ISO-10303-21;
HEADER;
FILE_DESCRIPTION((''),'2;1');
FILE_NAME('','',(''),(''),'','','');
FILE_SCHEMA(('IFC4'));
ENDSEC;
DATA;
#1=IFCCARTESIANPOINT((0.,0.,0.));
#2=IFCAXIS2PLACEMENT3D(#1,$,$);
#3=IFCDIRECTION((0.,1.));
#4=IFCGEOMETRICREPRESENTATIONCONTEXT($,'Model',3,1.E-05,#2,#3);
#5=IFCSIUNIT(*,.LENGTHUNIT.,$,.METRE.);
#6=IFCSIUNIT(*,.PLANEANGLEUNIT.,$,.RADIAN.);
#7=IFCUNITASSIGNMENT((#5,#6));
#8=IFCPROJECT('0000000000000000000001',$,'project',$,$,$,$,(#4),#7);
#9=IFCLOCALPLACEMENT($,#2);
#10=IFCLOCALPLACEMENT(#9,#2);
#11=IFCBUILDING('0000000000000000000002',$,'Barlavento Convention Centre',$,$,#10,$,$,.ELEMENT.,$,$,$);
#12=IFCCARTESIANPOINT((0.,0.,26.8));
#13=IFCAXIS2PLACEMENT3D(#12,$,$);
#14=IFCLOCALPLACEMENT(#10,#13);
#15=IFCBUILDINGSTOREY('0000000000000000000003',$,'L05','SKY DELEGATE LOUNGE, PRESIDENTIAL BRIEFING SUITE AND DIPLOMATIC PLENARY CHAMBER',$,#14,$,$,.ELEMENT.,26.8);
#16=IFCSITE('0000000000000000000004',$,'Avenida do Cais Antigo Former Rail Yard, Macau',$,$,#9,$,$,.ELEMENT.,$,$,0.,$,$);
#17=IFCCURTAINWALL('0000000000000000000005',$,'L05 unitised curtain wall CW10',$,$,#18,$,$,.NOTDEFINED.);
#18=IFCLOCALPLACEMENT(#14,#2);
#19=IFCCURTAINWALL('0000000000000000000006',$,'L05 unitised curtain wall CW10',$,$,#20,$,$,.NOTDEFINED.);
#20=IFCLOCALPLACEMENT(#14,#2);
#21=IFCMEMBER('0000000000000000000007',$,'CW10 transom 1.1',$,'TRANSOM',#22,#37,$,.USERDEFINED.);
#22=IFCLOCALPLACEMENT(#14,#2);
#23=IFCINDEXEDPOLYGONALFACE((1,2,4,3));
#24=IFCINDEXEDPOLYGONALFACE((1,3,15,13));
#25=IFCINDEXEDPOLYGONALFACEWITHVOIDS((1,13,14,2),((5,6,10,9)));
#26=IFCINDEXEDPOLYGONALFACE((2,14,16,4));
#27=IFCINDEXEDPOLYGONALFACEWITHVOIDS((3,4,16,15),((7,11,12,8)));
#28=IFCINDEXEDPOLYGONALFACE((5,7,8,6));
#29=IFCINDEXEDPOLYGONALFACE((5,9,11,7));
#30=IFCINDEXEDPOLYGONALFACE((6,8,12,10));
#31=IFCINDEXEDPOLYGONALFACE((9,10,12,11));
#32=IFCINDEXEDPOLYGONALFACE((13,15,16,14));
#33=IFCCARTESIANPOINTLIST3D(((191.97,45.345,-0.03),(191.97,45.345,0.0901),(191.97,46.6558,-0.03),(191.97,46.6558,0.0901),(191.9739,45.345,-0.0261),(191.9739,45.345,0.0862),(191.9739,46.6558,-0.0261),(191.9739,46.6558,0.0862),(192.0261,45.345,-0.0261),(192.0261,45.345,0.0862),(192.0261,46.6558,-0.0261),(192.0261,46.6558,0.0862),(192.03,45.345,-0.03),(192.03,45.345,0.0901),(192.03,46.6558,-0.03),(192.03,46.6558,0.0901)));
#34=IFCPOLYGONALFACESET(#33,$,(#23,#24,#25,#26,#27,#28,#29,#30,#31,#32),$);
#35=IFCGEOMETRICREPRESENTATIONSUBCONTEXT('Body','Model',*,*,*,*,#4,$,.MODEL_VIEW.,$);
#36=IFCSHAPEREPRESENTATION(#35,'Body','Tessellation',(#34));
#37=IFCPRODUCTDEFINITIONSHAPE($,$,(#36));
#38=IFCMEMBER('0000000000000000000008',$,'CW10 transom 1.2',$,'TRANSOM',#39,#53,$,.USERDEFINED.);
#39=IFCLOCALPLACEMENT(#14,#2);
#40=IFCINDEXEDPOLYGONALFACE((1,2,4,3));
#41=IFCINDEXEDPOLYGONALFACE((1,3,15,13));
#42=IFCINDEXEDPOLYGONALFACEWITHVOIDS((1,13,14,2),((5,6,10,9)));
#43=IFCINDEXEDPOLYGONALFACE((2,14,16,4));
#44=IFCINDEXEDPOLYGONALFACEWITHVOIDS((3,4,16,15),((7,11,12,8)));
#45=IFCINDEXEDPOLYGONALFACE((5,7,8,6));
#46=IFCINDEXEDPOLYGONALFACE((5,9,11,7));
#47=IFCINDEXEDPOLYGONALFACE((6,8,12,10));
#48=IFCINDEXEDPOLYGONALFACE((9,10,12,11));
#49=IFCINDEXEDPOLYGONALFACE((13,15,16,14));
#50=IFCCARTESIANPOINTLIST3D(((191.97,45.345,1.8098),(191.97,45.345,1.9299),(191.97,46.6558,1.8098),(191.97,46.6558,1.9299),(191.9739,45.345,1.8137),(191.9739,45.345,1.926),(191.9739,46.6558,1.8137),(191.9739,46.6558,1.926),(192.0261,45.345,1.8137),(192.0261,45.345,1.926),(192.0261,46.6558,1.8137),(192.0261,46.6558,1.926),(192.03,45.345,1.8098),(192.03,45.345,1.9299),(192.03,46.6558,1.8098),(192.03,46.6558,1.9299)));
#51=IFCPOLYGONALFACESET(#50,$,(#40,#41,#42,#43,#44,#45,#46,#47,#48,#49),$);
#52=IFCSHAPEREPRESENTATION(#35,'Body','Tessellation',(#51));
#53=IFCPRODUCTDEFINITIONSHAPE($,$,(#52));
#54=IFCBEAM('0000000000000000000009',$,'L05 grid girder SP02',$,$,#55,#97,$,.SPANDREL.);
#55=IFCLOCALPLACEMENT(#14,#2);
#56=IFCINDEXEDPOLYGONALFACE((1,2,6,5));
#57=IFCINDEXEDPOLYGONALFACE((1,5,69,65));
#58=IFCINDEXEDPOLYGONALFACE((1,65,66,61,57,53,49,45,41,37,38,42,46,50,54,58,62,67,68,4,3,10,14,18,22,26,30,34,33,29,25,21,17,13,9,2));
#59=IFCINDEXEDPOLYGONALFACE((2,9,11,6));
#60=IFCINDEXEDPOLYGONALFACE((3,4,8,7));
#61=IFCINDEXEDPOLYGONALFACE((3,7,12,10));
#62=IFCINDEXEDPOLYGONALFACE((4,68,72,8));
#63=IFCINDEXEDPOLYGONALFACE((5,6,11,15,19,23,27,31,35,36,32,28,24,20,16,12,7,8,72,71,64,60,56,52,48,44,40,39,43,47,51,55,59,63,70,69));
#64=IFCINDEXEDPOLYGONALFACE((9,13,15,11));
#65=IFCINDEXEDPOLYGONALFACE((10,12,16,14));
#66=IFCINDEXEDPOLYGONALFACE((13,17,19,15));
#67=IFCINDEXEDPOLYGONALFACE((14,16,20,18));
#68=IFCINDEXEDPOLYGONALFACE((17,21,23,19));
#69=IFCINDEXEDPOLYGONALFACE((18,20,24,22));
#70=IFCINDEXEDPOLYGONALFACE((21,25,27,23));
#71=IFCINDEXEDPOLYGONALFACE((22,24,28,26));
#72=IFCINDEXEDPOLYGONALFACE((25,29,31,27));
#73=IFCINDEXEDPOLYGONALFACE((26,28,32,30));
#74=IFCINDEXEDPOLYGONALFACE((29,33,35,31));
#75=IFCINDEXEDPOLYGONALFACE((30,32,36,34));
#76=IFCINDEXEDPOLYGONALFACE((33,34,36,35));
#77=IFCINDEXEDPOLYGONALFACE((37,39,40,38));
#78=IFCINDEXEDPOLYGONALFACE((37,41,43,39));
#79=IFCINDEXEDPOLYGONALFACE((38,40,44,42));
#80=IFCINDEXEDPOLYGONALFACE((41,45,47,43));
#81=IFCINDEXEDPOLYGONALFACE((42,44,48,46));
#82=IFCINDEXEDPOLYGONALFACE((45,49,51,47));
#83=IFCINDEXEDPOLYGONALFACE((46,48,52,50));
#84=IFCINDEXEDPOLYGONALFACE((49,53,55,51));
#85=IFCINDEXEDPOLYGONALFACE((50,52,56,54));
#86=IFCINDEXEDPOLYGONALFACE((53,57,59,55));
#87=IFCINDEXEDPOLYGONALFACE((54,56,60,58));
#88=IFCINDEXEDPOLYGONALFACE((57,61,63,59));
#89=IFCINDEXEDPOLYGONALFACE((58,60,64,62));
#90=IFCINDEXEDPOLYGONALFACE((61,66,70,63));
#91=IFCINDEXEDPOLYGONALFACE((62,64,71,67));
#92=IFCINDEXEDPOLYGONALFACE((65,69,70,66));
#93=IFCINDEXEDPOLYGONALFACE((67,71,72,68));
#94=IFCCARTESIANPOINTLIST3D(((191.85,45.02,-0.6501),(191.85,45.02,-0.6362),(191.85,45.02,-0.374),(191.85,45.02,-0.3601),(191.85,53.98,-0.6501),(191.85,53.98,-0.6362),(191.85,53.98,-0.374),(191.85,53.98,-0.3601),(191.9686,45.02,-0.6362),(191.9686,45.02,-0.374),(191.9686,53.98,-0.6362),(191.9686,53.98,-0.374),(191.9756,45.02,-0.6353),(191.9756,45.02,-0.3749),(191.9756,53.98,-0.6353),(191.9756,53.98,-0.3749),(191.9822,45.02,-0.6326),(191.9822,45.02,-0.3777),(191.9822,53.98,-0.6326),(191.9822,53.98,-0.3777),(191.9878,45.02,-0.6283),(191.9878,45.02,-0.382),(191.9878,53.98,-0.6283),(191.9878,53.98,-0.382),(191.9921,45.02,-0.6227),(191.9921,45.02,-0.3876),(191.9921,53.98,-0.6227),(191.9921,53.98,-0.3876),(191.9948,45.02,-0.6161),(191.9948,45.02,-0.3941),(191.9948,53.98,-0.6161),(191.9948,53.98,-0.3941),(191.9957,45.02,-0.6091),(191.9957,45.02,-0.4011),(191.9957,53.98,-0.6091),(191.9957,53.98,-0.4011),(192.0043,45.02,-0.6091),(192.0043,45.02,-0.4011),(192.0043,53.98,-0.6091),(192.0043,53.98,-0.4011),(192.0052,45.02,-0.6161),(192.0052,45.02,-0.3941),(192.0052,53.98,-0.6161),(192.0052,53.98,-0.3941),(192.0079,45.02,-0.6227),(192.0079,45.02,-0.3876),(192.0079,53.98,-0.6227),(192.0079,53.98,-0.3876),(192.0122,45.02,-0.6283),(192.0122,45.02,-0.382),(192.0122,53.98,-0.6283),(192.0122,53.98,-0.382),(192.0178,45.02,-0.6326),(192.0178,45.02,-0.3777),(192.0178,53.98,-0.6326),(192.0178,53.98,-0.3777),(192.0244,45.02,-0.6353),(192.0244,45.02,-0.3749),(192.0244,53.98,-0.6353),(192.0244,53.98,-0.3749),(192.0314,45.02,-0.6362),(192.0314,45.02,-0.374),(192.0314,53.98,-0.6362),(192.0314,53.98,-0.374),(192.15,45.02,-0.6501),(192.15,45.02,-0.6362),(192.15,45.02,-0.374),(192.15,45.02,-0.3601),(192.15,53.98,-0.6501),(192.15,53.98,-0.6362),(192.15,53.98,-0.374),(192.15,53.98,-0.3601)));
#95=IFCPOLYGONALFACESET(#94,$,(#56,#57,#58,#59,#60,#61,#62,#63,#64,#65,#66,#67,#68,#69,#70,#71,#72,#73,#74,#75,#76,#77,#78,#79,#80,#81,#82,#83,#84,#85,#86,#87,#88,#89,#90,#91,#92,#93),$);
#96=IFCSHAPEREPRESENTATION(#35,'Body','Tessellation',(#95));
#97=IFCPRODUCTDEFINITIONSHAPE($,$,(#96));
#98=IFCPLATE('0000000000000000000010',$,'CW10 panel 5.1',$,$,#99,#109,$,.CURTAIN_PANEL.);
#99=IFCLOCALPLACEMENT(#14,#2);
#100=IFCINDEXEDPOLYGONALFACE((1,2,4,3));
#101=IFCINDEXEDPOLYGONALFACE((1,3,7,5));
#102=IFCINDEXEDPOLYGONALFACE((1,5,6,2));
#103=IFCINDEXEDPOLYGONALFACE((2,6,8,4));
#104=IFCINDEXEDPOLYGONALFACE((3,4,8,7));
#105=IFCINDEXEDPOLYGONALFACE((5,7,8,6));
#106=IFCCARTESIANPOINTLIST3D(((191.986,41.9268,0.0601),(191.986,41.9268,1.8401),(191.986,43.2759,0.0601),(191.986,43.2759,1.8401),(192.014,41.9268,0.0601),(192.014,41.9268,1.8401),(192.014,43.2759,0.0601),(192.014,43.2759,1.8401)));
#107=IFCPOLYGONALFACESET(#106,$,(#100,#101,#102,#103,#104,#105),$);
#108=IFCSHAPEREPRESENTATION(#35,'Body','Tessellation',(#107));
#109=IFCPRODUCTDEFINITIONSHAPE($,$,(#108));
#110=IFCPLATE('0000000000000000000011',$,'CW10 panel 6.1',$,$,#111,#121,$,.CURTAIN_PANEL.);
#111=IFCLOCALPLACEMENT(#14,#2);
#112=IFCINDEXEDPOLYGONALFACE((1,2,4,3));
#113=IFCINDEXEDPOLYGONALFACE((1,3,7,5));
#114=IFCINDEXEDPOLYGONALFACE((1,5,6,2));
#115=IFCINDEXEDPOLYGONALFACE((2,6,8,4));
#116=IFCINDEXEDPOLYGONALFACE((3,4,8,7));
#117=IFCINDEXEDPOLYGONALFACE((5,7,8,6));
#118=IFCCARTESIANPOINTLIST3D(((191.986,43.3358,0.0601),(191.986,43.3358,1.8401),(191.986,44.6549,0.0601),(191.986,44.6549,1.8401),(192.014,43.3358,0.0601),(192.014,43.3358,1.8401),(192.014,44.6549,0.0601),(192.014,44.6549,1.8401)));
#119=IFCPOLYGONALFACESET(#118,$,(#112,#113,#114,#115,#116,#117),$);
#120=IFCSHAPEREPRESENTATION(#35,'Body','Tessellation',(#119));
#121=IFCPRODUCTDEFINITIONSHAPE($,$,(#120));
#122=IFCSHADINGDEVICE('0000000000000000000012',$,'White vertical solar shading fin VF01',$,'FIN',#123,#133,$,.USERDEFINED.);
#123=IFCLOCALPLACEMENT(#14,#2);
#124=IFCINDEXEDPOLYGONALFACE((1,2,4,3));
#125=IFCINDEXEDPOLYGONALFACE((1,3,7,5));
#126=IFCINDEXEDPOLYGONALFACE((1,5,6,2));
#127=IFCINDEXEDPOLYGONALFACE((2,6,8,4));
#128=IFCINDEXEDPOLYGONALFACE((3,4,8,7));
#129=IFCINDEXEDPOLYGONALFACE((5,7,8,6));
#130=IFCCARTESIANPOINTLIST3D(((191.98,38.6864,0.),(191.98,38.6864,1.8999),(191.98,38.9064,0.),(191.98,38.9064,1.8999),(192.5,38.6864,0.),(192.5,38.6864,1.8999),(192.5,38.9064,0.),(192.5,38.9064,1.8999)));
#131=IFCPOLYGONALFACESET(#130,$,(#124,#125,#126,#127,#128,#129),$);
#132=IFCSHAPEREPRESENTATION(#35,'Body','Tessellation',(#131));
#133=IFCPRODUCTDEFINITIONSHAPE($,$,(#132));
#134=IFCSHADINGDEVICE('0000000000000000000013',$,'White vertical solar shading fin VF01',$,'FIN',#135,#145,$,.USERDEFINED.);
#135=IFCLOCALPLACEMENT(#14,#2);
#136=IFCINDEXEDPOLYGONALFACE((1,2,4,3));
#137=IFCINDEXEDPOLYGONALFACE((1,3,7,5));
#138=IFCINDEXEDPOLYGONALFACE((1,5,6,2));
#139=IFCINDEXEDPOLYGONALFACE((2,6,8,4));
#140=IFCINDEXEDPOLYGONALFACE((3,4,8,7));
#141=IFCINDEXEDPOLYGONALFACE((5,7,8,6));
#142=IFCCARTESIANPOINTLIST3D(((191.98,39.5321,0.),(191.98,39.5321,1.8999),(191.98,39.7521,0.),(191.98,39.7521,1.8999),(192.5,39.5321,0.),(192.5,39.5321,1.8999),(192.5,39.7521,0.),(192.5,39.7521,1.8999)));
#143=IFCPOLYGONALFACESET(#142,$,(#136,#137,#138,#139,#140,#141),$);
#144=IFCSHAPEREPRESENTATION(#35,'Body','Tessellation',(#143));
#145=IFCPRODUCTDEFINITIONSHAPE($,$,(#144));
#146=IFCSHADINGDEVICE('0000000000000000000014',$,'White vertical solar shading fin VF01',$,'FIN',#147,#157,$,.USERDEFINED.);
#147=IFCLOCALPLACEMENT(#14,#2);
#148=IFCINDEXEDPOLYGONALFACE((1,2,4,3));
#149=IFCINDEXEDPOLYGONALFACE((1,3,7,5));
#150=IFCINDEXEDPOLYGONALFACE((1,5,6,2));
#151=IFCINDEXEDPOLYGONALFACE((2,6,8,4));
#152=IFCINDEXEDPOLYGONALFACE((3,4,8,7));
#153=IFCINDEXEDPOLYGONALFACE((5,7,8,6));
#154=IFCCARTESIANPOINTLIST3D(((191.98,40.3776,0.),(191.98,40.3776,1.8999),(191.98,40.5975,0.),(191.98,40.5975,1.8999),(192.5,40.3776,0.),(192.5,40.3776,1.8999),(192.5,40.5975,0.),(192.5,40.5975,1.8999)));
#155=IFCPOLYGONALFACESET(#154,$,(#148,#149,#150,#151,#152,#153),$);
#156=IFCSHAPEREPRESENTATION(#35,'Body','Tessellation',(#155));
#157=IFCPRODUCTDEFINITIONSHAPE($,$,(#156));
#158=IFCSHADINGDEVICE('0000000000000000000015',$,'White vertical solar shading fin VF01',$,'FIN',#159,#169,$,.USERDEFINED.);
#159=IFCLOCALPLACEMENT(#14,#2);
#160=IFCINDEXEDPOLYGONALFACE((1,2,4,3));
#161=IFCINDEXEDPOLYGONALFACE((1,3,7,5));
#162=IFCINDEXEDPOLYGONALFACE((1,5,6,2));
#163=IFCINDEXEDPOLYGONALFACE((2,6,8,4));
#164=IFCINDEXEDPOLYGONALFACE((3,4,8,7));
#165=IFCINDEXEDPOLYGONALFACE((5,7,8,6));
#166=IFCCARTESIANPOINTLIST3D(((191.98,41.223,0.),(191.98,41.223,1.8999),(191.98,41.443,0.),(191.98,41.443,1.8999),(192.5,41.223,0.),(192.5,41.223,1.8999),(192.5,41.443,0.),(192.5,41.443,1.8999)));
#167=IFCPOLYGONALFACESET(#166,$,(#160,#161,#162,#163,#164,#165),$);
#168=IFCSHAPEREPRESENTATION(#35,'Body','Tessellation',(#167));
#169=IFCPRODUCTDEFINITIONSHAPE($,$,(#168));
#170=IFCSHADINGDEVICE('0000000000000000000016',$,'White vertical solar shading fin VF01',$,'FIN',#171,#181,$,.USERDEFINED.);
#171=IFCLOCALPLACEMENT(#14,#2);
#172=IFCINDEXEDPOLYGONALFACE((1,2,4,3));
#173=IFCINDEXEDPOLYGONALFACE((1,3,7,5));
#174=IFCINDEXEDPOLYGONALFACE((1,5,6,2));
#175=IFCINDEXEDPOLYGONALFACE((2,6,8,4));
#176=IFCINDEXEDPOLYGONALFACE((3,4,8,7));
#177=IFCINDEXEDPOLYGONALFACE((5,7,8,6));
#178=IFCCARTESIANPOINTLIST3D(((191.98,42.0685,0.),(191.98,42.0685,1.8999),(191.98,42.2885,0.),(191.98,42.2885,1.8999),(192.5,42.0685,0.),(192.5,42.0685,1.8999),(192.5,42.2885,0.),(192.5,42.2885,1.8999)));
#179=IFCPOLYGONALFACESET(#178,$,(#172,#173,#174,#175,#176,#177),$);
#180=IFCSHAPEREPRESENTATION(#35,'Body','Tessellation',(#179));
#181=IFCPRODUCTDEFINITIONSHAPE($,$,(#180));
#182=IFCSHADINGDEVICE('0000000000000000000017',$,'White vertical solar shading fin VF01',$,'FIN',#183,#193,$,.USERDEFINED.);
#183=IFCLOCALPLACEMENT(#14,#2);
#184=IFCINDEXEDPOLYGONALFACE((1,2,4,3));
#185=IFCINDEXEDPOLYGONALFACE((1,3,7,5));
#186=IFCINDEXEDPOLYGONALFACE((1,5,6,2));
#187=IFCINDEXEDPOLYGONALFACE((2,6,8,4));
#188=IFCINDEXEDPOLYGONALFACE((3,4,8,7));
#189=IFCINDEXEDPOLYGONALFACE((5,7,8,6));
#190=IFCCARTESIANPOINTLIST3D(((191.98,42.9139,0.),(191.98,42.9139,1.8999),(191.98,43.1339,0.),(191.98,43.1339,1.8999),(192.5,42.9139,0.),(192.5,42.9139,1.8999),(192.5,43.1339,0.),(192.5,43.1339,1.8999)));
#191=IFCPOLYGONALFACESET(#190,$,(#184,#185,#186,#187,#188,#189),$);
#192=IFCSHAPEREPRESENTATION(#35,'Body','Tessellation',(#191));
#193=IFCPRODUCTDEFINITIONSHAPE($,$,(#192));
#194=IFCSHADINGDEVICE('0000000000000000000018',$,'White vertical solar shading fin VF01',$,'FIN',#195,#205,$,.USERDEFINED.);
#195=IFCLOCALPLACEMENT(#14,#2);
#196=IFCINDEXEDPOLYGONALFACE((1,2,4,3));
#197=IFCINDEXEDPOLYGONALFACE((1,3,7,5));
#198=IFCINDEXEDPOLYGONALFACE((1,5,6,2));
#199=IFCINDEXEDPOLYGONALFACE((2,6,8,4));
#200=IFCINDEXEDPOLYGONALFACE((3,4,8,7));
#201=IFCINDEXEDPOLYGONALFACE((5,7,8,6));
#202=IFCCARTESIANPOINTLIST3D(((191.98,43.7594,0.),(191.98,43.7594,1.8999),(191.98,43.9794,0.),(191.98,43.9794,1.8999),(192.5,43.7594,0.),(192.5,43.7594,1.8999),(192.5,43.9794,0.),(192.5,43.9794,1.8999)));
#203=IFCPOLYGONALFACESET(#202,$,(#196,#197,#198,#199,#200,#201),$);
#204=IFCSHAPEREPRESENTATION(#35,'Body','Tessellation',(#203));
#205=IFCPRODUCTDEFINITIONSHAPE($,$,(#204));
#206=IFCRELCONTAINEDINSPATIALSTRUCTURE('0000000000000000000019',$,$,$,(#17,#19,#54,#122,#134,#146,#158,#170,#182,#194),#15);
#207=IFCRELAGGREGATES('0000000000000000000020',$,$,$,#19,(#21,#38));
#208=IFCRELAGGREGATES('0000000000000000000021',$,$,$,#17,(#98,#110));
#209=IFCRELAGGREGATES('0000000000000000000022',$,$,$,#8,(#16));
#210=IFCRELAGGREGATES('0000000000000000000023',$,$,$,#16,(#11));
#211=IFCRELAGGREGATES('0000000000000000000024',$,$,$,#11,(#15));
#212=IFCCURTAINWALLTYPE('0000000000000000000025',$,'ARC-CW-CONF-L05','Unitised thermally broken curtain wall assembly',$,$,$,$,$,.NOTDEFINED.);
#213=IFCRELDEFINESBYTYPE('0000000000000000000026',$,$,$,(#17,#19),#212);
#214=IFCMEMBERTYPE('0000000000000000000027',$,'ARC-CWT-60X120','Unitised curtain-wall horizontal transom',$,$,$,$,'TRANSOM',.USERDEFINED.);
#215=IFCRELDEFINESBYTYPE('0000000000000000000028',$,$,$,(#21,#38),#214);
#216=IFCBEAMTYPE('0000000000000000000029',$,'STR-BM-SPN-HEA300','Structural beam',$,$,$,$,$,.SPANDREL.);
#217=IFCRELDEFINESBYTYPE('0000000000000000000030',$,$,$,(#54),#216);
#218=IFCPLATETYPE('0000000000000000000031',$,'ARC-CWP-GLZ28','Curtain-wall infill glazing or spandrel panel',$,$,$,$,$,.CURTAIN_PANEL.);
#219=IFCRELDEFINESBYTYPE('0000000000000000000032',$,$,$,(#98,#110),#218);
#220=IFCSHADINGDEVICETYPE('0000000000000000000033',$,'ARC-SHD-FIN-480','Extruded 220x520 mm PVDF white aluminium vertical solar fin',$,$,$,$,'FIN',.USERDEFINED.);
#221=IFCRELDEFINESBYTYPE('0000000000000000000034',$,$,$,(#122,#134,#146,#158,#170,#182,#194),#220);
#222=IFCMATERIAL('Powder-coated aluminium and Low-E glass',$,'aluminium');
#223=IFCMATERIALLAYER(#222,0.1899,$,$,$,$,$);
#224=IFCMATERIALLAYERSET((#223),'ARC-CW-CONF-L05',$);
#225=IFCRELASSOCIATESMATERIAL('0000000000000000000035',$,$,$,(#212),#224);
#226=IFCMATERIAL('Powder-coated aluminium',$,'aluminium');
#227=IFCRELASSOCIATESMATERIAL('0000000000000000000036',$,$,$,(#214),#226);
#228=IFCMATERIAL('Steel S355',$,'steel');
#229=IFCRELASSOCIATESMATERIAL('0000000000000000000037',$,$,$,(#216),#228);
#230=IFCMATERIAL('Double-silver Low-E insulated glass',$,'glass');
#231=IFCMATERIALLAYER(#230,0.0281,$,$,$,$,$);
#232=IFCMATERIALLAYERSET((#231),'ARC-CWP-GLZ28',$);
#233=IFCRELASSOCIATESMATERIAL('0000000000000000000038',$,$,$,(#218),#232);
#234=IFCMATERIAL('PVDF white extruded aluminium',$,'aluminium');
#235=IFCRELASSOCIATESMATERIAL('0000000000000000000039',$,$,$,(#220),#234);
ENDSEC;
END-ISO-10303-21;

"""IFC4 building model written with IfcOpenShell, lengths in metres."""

from ifc_helpers import new_model, si_unit, direction, frame, origin, origin_2d, place, context, subcontext, project, spatial, rectangle, hollow_rectangle, i_section, extrude, material, layer, layer_set, material_profile, profile_set, type_object, element, aggregate, save


model = new_model("IFC4")

# Units and contexts
model_context = context("Model", 3, precision=1e-05, world=origin(), true_north=direction((0.0, 1.0)))
body_context = subcontext(model_context, "Body", "Model", "MODEL_VIEW")
ifc_project = project(units=[si_unit("LENGTHUNIT", "METRE"), si_unit("PLANEANGLEUNIT", "RADIAN")], contexts=[model_context])

# Site, building, storey
site_placement = place(None, origin())
site = spatial("IfcSite", under=ifc_project, at=site_placement, Name="Avenida do Cais Antigo Former Rail Yard, Macau", CompositionType="ELEMENT", RefElevation=0.0)
building_placement = place(site_placement, origin())
building = spatial("IfcBuilding", under=site, at=building_placement, Name="Barlavento Convention Centre", CompositionType="ELEMENT")
storey_placement = place(building_placement, frame((0.0, 0.0, 26.8)))
storey = spatial("IfcBuildingStorey", under=building, at=storey_placement, Name="L05", Description="SKY DELEGATE LOUNGE, PRESIDENTIAL BRIEFING SUITE AND DIPLOMATIC PLENARY CHAMBER", CompositionType="ELEMENT", Elevation=26.8)

# Shared definitions
ifc_material_1 = material(Name="Steel S355", Category="steel")

# Curtain wall
ifc_material_2 = material(Name="Powder-coated aluminium and Low-E glass", Category="aluminium")
ifc_layer_1 = layer(ifc_material_2, 0.1899)
ifc_layer_set_1 = layer_set([ifc_layer_1], Name="ARC-CW-CONF-L05")
curtain_wall_type = type_object("IfcCurtainWallType", Name="ARC-CW-CONF-L05", Description="Unitised thermally broken curtain wall assembly", PredefinedType="NOTDEFINED", material=ifc_layer_set_1)
curtain_wall_1_placement = place(storey_placement, origin())
curtain_wall_1 = element("IfcCurtainWall", 1, at=curtain_wall_1_placement, inside=storey, type_object=curtain_wall_type, Name="L05 unitised curtain wall CW10", PredefinedType="NOTDEFINED")
ifc_material_3 = material(Name="Powder-coated aluminium", Category="aluminium")

# Curtain wall
curtain_wall_2_placement = place(storey_placement, origin())
curtain_wall_2 = element("IfcCurtainWall", 2, at=curtain_wall_2_placement, inside=storey, type_object=curtain_wall_type, Name="L05 unitised curtain wall CW10", PredefinedType="NOTDEFINED")

# Members
ifc_material_profile_1 = material_profile(ifc_material_3, hollow_rectangle(XDim=0.0601, YDim=0.1201, WallThickness=0.0039, at=origin_2d()), Name="AL-TRAN 60x120x4")
ifc_profile_set_1 = profile_set([ifc_material_profile_1], Name="Powder-coated aluminium")
member_type_1 = type_object("IfcMemberType", Name="ARC-CWT-60X120", Description="Unitised curtain-wall horizontal transom", ElementType="TRANSOM", PredefinedType="USERDEFINED", material=ifc_profile_set_1)
member_1_placement = place(storey_placement, frame((192.0, 45.345, 0.03), z_axis=(0.0, 1.0, 0.0), x_axis=(-1.0, 0.0, 0.0)))
member_1 = element("IfcMember", 3, at=member_1_placement, type_object=member_type_1, Name="CW10 transom 1.1", ObjectType="TRANSOM", PredefinedType="USERDEFINED", context=body_context, shape_type="SweptSolid", body=[
    extrude(hollow_rectangle(XDim=0.0601, YDim=0.1201, WallThickness=0.0039, at=origin_2d()), origin(), (0.0, 0.0, 1.0), 1.3108),
])
member_2_placement = place(storey_placement, frame((192.0, 45.345, 1.8699), z_axis=(0.0, 1.0, 0.0), x_axis=(-1.0, 0.0, 0.0)))
member_2 = element("IfcMember", 4, at=member_2_placement, type_object=member_type_1, Name="CW10 transom 1.2", ObjectType="TRANSOM", PredefinedType="USERDEFINED", context=body_context, shape_type="SweptSolid", body=[
    extrude(hollow_rectangle(XDim=0.0601, YDim=0.1201, WallThickness=0.0039, at=origin_2d()), origin(), (0.0, 0.0, 1.0), 1.3108),
])
aggregate(curtain_wall_2, [member_1, member_2])

# Beam
ifc_material_profile_2 = material_profile(ifc_material_1, i_section(OverallWidth=0.3, OverallDepth=0.29, WebThickness=0.0085, FlangeThickness=0.0139, FilletRadius=0.0271, at=origin_2d()), Name="HEA 300")
ifc_profile_set_2 = profile_set([ifc_material_profile_2], Name="Steel S355")
beam_type = type_object("IfcBeamType", Name="STR-BM-SPN-HEA300", Description="Structural beam", PredefinedType="SPANDREL", material=ifc_profile_set_2)
beam_placement = place(storey_placement, frame((192.0, 45.02, -0.5051), z_axis=(0.0, 1.0, 0.0), x_axis=(-1.0, 0.0, 0.0)))
element("IfcBeam", 5, at=beam_placement, inside=storey, type_object=beam_type, Name="L05 grid girder SP02", PredefinedType="SPANDREL", context=body_context, shape_type="SweptSolid", body=[
    extrude(i_section(OverallWidth=0.3, OverallDepth=0.29, WebThickness=0.0085, FlangeThickness=0.0139, FilletRadius=0.0271, at=origin_2d()), origin(), (0.0, 0.0, 1.0), 8.96),
])

# Plates
ifc_material_4 = material(Name="Double-silver Low-E insulated glass", Category="glass")
ifc_layer_2 = layer(ifc_material_4, 0.0281)
ifc_layer_set_2 = layer_set([ifc_layer_2], Name="ARC-CWP-GLZ28")
plate_type = type_object("IfcPlateType", Name="ARC-CWP-GLZ28", Description="Curtain-wall infill glazing or spandrel panel", PredefinedType="CURTAIN_PANEL", material=ifc_layer_set_2)
plate_1_placement = place(storey_placement, frame((192.0, 42.6013, 0.0601), z_axis=(0.0, 0.0, 1.0), x_axis=(0.0, 1.0, 0.0)))
plate_1 = element("IfcPlate", 6, at=plate_1_placement, type_object=plate_type, Name="CW10 panel 5.1", PredefinedType="CURTAIN_PANEL", context=body_context, shape_type="SweptSolid", body=[
    extrude(rectangle(XDim=1.3491, YDim=0.0281, at=origin_2d()), origin(), (0.0, 0.0, 1.0), 1.78),
])
plate_2_placement = place(storey_placement, frame((192.0, 43.9954, 0.0601), z_axis=(0.0, 0.0, 1.0), x_axis=(0.0, 1.0, 0.0)))
plate_2 = element("IfcPlate", 7, at=plate_2_placement, type_object=plate_type, Name="CW10 panel 6.1", PredefinedType="CURTAIN_PANEL", context=body_context, shape_type="SweptSolid", body=[
    extrude(rectangle(XDim=1.3191, YDim=0.0281, at=origin_2d()), origin(), (0.0, 0.0, 1.0), 1.78),
])
aggregate(curtain_wall_1, [plate_1, plate_2])

# Shading devices
ifc_material_5 = material(Name="PVDF white extruded aluminium", Category="aluminium")
shading_device_type = type_object("IfcShadingDeviceType", Name="ARC-SHD-FIN-480", Description="Extruded 220x520 mm PVDF white aluminium vertical solar fin", ElementType="FIN", PredefinedType="USERDEFINED", material=ifc_material_5)
for number, where, z_axis, x_axis, name in (
    (8, (192.24, 38.7964, 0.0), (0.0, 0.0, 1.0), (0.0, 1.0, 0.0), "White vertical solar shading fin VF01"),
    (9, (192.24, 39.6421, 0.0), (0.0, 0.0, 1.0), (0.0, 1.0, 0.0), "White vertical solar shading fin VF01"),
    (10, (192.24, 40.4875, 0.0), (0.0, 0.0, 1.0), (0.0, 1.0, 0.0), "White vertical solar shading fin VF01"),
    (11, (192.24, 41.333, 0.0), (0.0, 0.0, 1.0), (0.0, 1.0, 0.0), "White vertical solar shading fin VF01"),
    (12, (192.24, 42.1785, 0.0), (0.0, 0.0, 1.0), (0.0, 1.0, 0.0), "White vertical solar shading fin VF01"),
    (13, (192.24, 43.0239, 0.0), (0.0, 0.0, 1.0), (0.0, 1.0, 0.0), "White vertical solar shading fin VF01"),
    (14, (192.24, 43.8694, 0.0), (0.0, 0.0, 1.0), (0.0, 1.0, 0.0), "White vertical solar shading fin VF01"),
):
    element("IfcShadingDevice", number, at=place(storey_placement, frame(where, z_axis=z_axis, x_axis=x_axis)), inside=storey, type_object=shading_device_type, Name=name, ObjectType="FIN", PredefinedType="USERDEFINED", context=body_context, shape_type="SweptSolid", body=[
        extrude(rectangle(XDim=0.22, YDim=0.52, at=origin_2d()), origin(), (0.0, 0.0, 1.0), 1.8999),
    ])

save(model, "model.ifc")
